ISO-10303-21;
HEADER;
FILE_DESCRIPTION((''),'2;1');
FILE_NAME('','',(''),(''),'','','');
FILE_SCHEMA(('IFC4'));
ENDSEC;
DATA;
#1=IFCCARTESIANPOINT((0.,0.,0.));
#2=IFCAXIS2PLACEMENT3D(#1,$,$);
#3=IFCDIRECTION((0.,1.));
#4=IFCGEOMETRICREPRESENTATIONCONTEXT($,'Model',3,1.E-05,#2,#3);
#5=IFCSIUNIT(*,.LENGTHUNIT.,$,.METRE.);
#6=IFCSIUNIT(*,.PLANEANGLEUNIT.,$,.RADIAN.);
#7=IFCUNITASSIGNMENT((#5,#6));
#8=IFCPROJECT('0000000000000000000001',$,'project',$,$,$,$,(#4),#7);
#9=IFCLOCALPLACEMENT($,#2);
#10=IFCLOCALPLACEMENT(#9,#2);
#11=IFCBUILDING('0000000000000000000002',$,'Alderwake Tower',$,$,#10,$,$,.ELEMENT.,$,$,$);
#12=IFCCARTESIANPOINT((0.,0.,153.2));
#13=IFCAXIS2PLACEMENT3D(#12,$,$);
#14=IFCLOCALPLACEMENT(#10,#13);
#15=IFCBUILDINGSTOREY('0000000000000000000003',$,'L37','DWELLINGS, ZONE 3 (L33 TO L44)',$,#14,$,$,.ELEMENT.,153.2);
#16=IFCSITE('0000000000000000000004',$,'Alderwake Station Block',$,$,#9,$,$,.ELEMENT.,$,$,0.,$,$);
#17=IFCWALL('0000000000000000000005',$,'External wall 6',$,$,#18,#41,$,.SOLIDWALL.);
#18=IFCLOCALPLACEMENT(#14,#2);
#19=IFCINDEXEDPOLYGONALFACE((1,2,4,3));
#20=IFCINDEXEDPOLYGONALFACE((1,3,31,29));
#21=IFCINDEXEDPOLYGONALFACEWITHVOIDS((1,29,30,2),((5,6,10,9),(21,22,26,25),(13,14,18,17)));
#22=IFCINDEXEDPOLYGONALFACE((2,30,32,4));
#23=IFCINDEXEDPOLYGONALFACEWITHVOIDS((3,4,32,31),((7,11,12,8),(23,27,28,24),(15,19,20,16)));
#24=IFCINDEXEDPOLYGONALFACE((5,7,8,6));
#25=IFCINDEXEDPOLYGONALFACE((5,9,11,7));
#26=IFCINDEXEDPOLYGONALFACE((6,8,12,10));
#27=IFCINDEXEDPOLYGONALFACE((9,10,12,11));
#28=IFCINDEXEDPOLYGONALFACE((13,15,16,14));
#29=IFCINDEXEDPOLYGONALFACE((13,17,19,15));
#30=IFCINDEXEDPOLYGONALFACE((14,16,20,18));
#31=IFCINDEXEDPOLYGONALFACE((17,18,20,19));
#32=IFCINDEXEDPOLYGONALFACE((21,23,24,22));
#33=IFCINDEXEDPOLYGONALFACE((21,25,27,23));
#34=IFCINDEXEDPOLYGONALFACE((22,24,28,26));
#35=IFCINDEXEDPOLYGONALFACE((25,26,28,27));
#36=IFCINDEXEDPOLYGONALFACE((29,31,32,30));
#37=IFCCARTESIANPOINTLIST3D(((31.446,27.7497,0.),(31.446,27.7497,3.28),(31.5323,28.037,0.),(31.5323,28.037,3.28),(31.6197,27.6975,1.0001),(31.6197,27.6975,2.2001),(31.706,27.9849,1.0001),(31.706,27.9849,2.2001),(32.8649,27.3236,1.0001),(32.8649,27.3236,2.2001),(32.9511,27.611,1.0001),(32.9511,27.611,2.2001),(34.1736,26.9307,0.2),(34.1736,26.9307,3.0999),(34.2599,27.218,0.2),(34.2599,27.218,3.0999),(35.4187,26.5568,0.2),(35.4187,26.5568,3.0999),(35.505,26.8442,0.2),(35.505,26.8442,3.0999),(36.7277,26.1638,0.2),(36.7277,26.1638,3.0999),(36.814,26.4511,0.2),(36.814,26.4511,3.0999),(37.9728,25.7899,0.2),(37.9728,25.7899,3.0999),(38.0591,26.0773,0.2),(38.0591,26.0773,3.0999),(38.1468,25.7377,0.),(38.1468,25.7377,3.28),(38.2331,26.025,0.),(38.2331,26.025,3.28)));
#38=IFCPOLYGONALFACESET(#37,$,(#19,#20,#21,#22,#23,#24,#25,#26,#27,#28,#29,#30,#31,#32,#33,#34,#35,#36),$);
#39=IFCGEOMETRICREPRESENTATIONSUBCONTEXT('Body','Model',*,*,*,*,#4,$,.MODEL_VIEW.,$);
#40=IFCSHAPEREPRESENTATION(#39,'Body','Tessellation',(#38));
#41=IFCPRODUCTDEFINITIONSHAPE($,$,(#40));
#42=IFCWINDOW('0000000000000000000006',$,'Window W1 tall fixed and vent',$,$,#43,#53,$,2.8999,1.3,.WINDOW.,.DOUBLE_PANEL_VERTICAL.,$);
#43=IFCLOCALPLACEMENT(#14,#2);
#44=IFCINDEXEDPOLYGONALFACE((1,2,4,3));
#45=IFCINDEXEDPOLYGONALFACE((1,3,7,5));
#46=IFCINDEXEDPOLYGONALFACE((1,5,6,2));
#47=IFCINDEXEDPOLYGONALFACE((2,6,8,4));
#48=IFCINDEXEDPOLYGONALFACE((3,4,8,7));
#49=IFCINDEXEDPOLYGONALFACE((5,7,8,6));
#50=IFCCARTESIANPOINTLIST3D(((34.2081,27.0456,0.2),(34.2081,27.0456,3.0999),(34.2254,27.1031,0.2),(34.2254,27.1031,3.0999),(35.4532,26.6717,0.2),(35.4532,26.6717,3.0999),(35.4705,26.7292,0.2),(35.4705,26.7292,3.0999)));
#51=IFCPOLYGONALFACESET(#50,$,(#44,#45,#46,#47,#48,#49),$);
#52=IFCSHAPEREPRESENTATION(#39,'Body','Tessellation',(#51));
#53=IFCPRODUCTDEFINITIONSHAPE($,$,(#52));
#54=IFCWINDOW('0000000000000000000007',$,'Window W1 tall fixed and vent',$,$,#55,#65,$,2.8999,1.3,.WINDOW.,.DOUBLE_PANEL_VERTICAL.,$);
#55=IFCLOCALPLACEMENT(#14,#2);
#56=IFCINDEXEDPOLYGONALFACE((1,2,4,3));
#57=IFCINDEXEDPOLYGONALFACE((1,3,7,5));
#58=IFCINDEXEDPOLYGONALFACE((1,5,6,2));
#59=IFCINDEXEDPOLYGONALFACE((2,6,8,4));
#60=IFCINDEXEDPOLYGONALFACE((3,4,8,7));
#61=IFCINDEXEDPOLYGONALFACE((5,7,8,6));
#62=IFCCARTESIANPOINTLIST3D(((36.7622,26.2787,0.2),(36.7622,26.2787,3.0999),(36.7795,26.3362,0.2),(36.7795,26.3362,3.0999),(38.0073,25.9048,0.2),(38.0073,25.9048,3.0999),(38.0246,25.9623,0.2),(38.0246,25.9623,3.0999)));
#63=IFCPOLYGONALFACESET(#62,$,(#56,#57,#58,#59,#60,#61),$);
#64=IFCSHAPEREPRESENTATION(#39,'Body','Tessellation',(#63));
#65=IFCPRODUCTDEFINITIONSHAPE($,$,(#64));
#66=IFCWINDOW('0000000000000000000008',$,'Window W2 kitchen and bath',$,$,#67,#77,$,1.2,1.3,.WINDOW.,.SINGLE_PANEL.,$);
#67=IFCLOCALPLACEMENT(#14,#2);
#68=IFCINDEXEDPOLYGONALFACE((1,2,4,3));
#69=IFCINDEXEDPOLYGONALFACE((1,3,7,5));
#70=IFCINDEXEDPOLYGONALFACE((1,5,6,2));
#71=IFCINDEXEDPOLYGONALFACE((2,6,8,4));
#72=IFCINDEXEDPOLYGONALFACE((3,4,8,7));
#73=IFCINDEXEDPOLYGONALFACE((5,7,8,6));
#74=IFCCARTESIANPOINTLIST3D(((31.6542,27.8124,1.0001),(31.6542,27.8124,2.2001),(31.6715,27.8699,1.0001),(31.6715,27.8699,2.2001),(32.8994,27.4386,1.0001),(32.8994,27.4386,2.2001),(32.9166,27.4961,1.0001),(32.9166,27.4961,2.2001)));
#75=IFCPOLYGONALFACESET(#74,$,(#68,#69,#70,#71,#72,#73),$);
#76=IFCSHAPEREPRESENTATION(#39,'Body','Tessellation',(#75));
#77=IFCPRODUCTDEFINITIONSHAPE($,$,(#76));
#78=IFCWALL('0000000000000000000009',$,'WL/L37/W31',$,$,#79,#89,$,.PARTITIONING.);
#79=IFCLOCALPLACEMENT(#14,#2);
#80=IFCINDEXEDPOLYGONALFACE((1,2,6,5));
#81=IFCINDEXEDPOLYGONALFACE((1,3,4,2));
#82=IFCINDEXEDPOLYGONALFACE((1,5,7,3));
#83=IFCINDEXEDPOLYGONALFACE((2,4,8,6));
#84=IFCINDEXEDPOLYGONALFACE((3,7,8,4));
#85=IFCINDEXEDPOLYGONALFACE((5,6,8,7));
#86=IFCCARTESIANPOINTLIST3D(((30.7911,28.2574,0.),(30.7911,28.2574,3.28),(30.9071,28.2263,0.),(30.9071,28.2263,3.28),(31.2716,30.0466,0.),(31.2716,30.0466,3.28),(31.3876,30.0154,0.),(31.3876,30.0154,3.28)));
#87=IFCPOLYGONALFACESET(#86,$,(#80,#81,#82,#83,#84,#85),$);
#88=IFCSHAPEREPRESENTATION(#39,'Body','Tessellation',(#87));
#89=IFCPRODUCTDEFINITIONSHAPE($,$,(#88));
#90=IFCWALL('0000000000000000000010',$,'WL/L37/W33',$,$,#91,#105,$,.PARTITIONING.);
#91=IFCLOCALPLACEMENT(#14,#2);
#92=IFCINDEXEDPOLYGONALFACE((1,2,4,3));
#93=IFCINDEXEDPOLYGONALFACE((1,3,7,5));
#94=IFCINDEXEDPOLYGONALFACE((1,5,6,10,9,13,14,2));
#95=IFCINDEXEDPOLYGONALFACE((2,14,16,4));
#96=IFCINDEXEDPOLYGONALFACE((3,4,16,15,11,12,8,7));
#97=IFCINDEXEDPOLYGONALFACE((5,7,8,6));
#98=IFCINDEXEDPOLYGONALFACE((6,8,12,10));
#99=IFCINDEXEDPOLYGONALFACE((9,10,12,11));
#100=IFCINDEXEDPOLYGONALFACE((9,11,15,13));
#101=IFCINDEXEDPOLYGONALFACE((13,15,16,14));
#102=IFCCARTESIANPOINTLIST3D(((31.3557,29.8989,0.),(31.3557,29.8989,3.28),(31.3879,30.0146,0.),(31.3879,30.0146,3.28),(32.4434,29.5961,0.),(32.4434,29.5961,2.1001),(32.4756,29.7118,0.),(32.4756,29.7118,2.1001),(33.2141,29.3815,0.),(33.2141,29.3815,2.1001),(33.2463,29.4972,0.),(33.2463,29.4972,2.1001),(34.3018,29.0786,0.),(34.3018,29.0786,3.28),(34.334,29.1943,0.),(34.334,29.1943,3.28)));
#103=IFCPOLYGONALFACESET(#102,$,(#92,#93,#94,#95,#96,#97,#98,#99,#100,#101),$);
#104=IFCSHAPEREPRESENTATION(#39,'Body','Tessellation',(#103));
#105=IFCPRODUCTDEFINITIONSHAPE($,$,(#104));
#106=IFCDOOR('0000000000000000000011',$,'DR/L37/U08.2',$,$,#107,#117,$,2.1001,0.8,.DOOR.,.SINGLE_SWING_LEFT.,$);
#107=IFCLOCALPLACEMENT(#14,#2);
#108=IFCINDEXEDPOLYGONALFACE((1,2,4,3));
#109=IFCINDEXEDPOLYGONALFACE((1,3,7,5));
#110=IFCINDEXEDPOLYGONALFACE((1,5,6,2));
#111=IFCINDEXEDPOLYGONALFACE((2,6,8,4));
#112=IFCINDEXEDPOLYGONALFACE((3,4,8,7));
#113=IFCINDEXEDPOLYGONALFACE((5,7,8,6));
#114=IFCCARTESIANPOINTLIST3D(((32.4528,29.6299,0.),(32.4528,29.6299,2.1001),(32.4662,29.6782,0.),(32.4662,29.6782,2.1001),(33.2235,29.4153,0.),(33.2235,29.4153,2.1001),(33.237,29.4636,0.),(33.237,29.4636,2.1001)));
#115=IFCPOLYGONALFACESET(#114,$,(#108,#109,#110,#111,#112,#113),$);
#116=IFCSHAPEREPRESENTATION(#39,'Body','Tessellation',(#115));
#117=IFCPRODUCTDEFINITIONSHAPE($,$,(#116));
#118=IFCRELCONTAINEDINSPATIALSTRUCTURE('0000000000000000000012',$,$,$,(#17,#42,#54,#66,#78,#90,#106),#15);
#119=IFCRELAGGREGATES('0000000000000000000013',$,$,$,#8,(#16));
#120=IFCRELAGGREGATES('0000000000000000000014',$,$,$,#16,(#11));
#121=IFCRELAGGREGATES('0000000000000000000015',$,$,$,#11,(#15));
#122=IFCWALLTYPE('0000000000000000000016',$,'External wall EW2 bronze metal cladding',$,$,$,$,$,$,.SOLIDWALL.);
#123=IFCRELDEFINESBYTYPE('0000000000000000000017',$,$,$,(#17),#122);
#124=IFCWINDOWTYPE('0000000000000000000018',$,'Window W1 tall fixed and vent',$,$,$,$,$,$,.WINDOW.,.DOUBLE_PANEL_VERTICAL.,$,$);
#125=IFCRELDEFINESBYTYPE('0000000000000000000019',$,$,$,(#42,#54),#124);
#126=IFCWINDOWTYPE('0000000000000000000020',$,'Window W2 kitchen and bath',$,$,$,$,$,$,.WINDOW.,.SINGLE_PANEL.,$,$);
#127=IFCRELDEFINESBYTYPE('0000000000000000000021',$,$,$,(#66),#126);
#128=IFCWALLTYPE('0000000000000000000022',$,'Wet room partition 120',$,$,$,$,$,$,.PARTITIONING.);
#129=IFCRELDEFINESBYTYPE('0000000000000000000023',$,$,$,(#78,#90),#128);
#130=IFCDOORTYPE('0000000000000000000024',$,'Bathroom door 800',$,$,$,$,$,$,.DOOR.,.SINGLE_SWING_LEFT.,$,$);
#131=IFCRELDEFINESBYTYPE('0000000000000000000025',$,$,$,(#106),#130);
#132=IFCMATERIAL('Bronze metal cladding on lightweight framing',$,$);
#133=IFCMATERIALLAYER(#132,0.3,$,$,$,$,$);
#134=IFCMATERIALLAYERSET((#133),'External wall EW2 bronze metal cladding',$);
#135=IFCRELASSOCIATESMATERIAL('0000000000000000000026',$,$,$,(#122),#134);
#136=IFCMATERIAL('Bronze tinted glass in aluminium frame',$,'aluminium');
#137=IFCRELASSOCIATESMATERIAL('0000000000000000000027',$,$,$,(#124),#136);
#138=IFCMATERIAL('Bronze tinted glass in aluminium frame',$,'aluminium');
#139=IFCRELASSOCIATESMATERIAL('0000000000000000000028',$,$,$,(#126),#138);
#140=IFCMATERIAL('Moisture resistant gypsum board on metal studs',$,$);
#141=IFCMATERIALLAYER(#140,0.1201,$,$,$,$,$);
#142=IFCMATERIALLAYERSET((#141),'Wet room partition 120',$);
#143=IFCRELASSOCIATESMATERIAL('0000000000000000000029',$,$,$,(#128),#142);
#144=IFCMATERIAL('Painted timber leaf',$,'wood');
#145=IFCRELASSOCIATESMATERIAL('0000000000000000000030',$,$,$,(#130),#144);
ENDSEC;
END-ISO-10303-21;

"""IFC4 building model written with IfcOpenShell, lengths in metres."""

from ifc_helpers import new_model, si_unit, direction, frame, frame_2d, origin, place, context, subcontext, project, spatial, rectangle, extrude, material, layer, layer_set, type_object, element, fill, save


model = new_model("IFC4")

# Units and contexts
model_context = context("Model", 3, precision=1e-05, world=origin(), true_north=direction((0.0, 1.0)))
body_context = subcontext(model_context, "Body", "Model", "MODEL_VIEW")
ifc_project = project(units=[si_unit("LENGTHUNIT", "METRE"), si_unit("PLANEANGLEUNIT", "RADIAN")], contexts=[model_context])

# Site, building, storey
site_placement = place(None, origin())
site = spatial("IfcSite", under=ifc_project, at=site_placement, Name="Alderwake Station Block", CompositionType="ELEMENT", RefElevation=0.0)
building_placement = place(site_placement, origin())
building = spatial("IfcBuilding", under=site, at=building_placement, Name="Alderwake Tower", CompositionType="ELEMENT")
storey_placement = place(building_placement, frame((0.0, 0.0, 153.2)))
storey = spatial("IfcBuildingStorey", under=building, at=storey_placement, Name="L37", Description="DWELLINGS, ZONE 3 (L33 TO L44)", CompositionType="ELEMENT", Elevation=153.2)

# Wall, openings, windows
ifc_material_1 = material(Name="Bronze metal cladding on lightweight framing")
ifc_layer_1 = layer(ifc_material_1, 0.3)
ifc_layer_set_1 = layer_set([ifc_layer_1], Name="External wall EW2 bronze metal cladding")
wall_type_1 = type_object("IfcWallType", Name="External wall EW2 bronze metal cladding", PredefinedType="SOLIDWALL", material=ifc_layer_set_1)
ifc_material_2 = material(Name="Bronze tinted glass in aluminium frame", Category="aluminium")
window_type_1 = type_object("IfcWindowType", Name="Window W1 tall fixed and vent", PartitioningType="DOUBLE_PANEL_VERTICAL", PredefinedType="WINDOW", material=ifc_material_2)
wall_1_placement = place(storey_placement, frame((31.4893, 27.8933, 0.0), z_axis=(0.0, 0.0, 1.0), x_axis=(0.957757, -0.287578, 0.0)))
wall_1 = element("IfcWall", 1, at=wall_1_placement, inside=storey, type_object=wall_type_1, Name="External wall 6", PredefinedType="SOLIDWALL", context=body_context, shape_type="SweptSolid", body=[
    extrude(rectangle(XDim=6.9963, YDim=0.3, at=frame_2d((3.498, 0.0))), origin(), (0.0, 0.0, 1.0), 3.28),
])
opening_1_placement = place(wall_1_placement, frame((0.1814, 0.0, 1.0)))
opening_1 = element("IfcOpeningElement", 2, at=opening_1_placement, cuts=wall_1, PredefinedType="OPENING", context=body_context, shape_type="SweptSolid", body=[
    extrude(rectangle(XDim=1.3, YDim=1.2, at=frame_2d((0.6499, 0.6001))), frame((0.0, 0.1599, 0.0), z_axis=(0.0, -1.0, 0.0), x_axis=(1.0, 0.0, 0.0)), (0.0, 0.0, 1.0), 0.3201),
])
opening_2_placement = place(wall_1_placement, frame((2.8479, 0.0, 0.2)))
opening_2 = element("IfcOpeningElement", 3, at=opening_2_placement, cuts=wall_1, PredefinedType="OPENING", context=body_context, shape_type="SweptSolid", body=[
    extrude(rectangle(XDim=1.3, YDim=2.8999, at=frame_2d((0.6499, 1.45))), frame((0.0, 0.1599, 0.0), z_axis=(0.0, -1.0, 0.0), x_axis=(1.0, 0.0, 0.0)), (0.0, 0.0, 1.0), 0.3201),
])
opening_3_placement = place(wall_1_placement, frame((5.5146, 0.0, 0.2)))
opening_3 = element("IfcOpeningElement", 4, at=opening_3_placement, cuts=wall_1, PredefinedType="OPENING", context=body_context, shape_type="SweptSolid", body=[
    extrude(rectangle(XDim=1.3, YDim=2.8999, at=frame_2d((0.6499, 1.45))), frame((0.0, 0.1599, 0.0), z_axis=(0.0, -1.0, 0.0), x_axis=(1.0, 0.0, 0.0)), (0.0, 0.0, 1.0), 0.3201),
])
window_1_placement = place(opening_2_placement, origin())
window_1 = element("IfcWindow", 5, at=window_1_placement, inside=storey, type_object=window_type_1, Name="Window W1 tall fixed and vent", OverallHeight=2.8999, OverallWidth=1.3, PartitioningType="DOUBLE_PANEL_VERTICAL", PredefinedType="WINDOW", context=body_context, shape_type="SweptSolid", body=[
    extrude(rectangle(XDim=1.3, YDim=2.8999, at=frame_2d((0.6499, 1.45))), frame((0.0, 0.03, 0.0), z_axis=(0.0, -1.0, 0.0), x_axis=(1.0, 0.0, 0.0)), (0.0, 0.0, 1.0), 0.0601),
])
fill(opening_2, window_1)
window_2_placement = place(opening_3_placement, origin())
window_2 = element("IfcWindow", 6, at=window_2_placement, inside=storey, type_object=window_type_1, Name="Window W1 tall fixed and vent", OverallHeight=2.8999, OverallWidth=1.3, PartitioningType="DOUBLE_PANEL_VERTICAL", PredefinedType="WINDOW", context=body_context, shape_type="SweptSolid", body=[
    extrude(rectangle(XDim=1.3, YDim=2.8999, at=frame_2d((0.6499, 1.45))), frame((0.0, 0.03, 0.0), z_axis=(0.0, -1.0, 0.0), x_axis=(1.0, 0.0, 0.0)), (0.0, 0.0, 1.0), 0.0601),
])
fill(opening_3, window_2)
ifc_material_3 = material(Name="Bronze tinted glass in aluminium frame", Category="aluminium")
window_type_2 = type_object("IfcWindowType", Name="Window W2 kitchen and bath", PartitioningType="SINGLE_PANEL", PredefinedType="WINDOW", material=ifc_material_3)
window_3_placement = place(opening_1_placement, origin())
window_3 = element("IfcWindow", 7, at=window_3_placement, inside=storey, type_object=window_type_2, Name="Window W2 kitchen and bath", OverallHeight=1.2, OverallWidth=1.3, PartitioningType="SINGLE_PANEL", PredefinedType="WINDOW", context=body_context, shape_type="SweptSolid", body=[
    extrude(rectangle(XDim=1.3, YDim=1.2, at=frame_2d((0.6499, 0.6001))), frame((0.0, 0.03, 0.0), z_axis=(0.0, -1.0, 0.0), x_axis=(1.0, 0.0, 0.0)), (0.0, 0.0, 1.0), 0.0601),
])
fill(opening_1, window_3)

# Wall
ifc_material_4 = material(Name="Moisture resistant gypsum board on metal studs")
ifc_layer_2 = layer(ifc_material_4, 0.1201)
ifc_layer_set_2 = layer_set([ifc_layer_2], Name="Wet room partition 120")
wall_type_2 = type_object("IfcWallType", Name="Wet room partition 120", PredefinedType="PARTITIONING", material=ifc_layer_set_2)
wall_2_placement = place(storey_placement, frame((31.3296, 30.031, 0.0), z_axis=(0.0, 0.0, 1.0), x_axis=(-0.259368, -0.965778, 0.0)))
element("IfcWall", 8, at=wall_2_placement, inside=storey, type_object=wall_type_2, Name="WL/L37/W31", PredefinedType="PARTITIONING", context=body_context, shape_type="SweptSolid", body=[
    extrude(rectangle(XDim=1.8525, YDim=0.1201, at=frame_2d((0.9263, 0.0))), origin(), (0.0, 0.0, 1.0), 3.28),
])

# Wall, opening, door
wall_3_placement = place(storey_placement, frame((34.3179, 29.1365, 0.0), z_axis=(0.0, 0.0, 1.0), x_axis=(-0.963352, 0.268241, 0.0)))
wall_3 = element("IfcWall", 9, at=wall_3_placement, inside=storey, type_object=wall_type_2, Name="WL/L37/W33", PredefinedType="PARTITIONING", context=body_context, shape_type="SweptSolid", body=[
    extrude(rectangle(XDim=3.0581, YDim=0.1201, at=frame_2d((1.5291, 0.0))), origin(), (0.0, 0.0, 1.0), 3.28),
])
opening_4_placement = place(wall_3_placement, frame((1.1292, 0.0, 0.0)))
opening_4 = element("IfcOpeningElement", 10, at=opening_4_placement, cuts=wall_3, PredefinedType="OPENING", context=body_context, shape_type="SweptSolid", body=[
    extrude(rectangle(XDim=0.8, YDim=2.1001, at=frame_2d((0.3999, 1.05))), frame((0.0, 0.0701, 0.0), z_axis=(0.0, -1.0, 0.0), x_axis=(1.0, 0.0, 0.0)), (0.0, 0.0, 1.0), 0.1401),
])
ifc_material_5 = material(Name="Painted timber leaf", Category="wood")
door_type_1 = type_object("IfcDoorType", Name="Bathroom door 800", OperationType="SINGLE_SWING_LEFT", PredefinedType="DOOR", material=ifc_material_5)
door_1_placement = place(opening_4_placement, origin())
door_1 = element("IfcDoor", 11, at=door_1_placement, inside=storey, type_object=door_type_1, Name="DR/L37/U08.2", OperationType="SINGLE_SWING_LEFT", OverallHeight=2.1001, OverallWidth=0.8, PredefinedType="DOOR", context=body_context, shape_type="SweptSolid", body=[
    extrude(rectangle(XDim=0.8, YDim=2.1001, at=frame_2d((0.3999, 1.05))), frame((0.0, 0.0249, 0.0), z_axis=(0.0, -1.0, 0.0), x_axis=(1.0, 0.0, 0.0)), (0.0, 0.0, 1.0), 0.05),
])
fill(opening_4, door_1)

save(model, "model.ifc")
